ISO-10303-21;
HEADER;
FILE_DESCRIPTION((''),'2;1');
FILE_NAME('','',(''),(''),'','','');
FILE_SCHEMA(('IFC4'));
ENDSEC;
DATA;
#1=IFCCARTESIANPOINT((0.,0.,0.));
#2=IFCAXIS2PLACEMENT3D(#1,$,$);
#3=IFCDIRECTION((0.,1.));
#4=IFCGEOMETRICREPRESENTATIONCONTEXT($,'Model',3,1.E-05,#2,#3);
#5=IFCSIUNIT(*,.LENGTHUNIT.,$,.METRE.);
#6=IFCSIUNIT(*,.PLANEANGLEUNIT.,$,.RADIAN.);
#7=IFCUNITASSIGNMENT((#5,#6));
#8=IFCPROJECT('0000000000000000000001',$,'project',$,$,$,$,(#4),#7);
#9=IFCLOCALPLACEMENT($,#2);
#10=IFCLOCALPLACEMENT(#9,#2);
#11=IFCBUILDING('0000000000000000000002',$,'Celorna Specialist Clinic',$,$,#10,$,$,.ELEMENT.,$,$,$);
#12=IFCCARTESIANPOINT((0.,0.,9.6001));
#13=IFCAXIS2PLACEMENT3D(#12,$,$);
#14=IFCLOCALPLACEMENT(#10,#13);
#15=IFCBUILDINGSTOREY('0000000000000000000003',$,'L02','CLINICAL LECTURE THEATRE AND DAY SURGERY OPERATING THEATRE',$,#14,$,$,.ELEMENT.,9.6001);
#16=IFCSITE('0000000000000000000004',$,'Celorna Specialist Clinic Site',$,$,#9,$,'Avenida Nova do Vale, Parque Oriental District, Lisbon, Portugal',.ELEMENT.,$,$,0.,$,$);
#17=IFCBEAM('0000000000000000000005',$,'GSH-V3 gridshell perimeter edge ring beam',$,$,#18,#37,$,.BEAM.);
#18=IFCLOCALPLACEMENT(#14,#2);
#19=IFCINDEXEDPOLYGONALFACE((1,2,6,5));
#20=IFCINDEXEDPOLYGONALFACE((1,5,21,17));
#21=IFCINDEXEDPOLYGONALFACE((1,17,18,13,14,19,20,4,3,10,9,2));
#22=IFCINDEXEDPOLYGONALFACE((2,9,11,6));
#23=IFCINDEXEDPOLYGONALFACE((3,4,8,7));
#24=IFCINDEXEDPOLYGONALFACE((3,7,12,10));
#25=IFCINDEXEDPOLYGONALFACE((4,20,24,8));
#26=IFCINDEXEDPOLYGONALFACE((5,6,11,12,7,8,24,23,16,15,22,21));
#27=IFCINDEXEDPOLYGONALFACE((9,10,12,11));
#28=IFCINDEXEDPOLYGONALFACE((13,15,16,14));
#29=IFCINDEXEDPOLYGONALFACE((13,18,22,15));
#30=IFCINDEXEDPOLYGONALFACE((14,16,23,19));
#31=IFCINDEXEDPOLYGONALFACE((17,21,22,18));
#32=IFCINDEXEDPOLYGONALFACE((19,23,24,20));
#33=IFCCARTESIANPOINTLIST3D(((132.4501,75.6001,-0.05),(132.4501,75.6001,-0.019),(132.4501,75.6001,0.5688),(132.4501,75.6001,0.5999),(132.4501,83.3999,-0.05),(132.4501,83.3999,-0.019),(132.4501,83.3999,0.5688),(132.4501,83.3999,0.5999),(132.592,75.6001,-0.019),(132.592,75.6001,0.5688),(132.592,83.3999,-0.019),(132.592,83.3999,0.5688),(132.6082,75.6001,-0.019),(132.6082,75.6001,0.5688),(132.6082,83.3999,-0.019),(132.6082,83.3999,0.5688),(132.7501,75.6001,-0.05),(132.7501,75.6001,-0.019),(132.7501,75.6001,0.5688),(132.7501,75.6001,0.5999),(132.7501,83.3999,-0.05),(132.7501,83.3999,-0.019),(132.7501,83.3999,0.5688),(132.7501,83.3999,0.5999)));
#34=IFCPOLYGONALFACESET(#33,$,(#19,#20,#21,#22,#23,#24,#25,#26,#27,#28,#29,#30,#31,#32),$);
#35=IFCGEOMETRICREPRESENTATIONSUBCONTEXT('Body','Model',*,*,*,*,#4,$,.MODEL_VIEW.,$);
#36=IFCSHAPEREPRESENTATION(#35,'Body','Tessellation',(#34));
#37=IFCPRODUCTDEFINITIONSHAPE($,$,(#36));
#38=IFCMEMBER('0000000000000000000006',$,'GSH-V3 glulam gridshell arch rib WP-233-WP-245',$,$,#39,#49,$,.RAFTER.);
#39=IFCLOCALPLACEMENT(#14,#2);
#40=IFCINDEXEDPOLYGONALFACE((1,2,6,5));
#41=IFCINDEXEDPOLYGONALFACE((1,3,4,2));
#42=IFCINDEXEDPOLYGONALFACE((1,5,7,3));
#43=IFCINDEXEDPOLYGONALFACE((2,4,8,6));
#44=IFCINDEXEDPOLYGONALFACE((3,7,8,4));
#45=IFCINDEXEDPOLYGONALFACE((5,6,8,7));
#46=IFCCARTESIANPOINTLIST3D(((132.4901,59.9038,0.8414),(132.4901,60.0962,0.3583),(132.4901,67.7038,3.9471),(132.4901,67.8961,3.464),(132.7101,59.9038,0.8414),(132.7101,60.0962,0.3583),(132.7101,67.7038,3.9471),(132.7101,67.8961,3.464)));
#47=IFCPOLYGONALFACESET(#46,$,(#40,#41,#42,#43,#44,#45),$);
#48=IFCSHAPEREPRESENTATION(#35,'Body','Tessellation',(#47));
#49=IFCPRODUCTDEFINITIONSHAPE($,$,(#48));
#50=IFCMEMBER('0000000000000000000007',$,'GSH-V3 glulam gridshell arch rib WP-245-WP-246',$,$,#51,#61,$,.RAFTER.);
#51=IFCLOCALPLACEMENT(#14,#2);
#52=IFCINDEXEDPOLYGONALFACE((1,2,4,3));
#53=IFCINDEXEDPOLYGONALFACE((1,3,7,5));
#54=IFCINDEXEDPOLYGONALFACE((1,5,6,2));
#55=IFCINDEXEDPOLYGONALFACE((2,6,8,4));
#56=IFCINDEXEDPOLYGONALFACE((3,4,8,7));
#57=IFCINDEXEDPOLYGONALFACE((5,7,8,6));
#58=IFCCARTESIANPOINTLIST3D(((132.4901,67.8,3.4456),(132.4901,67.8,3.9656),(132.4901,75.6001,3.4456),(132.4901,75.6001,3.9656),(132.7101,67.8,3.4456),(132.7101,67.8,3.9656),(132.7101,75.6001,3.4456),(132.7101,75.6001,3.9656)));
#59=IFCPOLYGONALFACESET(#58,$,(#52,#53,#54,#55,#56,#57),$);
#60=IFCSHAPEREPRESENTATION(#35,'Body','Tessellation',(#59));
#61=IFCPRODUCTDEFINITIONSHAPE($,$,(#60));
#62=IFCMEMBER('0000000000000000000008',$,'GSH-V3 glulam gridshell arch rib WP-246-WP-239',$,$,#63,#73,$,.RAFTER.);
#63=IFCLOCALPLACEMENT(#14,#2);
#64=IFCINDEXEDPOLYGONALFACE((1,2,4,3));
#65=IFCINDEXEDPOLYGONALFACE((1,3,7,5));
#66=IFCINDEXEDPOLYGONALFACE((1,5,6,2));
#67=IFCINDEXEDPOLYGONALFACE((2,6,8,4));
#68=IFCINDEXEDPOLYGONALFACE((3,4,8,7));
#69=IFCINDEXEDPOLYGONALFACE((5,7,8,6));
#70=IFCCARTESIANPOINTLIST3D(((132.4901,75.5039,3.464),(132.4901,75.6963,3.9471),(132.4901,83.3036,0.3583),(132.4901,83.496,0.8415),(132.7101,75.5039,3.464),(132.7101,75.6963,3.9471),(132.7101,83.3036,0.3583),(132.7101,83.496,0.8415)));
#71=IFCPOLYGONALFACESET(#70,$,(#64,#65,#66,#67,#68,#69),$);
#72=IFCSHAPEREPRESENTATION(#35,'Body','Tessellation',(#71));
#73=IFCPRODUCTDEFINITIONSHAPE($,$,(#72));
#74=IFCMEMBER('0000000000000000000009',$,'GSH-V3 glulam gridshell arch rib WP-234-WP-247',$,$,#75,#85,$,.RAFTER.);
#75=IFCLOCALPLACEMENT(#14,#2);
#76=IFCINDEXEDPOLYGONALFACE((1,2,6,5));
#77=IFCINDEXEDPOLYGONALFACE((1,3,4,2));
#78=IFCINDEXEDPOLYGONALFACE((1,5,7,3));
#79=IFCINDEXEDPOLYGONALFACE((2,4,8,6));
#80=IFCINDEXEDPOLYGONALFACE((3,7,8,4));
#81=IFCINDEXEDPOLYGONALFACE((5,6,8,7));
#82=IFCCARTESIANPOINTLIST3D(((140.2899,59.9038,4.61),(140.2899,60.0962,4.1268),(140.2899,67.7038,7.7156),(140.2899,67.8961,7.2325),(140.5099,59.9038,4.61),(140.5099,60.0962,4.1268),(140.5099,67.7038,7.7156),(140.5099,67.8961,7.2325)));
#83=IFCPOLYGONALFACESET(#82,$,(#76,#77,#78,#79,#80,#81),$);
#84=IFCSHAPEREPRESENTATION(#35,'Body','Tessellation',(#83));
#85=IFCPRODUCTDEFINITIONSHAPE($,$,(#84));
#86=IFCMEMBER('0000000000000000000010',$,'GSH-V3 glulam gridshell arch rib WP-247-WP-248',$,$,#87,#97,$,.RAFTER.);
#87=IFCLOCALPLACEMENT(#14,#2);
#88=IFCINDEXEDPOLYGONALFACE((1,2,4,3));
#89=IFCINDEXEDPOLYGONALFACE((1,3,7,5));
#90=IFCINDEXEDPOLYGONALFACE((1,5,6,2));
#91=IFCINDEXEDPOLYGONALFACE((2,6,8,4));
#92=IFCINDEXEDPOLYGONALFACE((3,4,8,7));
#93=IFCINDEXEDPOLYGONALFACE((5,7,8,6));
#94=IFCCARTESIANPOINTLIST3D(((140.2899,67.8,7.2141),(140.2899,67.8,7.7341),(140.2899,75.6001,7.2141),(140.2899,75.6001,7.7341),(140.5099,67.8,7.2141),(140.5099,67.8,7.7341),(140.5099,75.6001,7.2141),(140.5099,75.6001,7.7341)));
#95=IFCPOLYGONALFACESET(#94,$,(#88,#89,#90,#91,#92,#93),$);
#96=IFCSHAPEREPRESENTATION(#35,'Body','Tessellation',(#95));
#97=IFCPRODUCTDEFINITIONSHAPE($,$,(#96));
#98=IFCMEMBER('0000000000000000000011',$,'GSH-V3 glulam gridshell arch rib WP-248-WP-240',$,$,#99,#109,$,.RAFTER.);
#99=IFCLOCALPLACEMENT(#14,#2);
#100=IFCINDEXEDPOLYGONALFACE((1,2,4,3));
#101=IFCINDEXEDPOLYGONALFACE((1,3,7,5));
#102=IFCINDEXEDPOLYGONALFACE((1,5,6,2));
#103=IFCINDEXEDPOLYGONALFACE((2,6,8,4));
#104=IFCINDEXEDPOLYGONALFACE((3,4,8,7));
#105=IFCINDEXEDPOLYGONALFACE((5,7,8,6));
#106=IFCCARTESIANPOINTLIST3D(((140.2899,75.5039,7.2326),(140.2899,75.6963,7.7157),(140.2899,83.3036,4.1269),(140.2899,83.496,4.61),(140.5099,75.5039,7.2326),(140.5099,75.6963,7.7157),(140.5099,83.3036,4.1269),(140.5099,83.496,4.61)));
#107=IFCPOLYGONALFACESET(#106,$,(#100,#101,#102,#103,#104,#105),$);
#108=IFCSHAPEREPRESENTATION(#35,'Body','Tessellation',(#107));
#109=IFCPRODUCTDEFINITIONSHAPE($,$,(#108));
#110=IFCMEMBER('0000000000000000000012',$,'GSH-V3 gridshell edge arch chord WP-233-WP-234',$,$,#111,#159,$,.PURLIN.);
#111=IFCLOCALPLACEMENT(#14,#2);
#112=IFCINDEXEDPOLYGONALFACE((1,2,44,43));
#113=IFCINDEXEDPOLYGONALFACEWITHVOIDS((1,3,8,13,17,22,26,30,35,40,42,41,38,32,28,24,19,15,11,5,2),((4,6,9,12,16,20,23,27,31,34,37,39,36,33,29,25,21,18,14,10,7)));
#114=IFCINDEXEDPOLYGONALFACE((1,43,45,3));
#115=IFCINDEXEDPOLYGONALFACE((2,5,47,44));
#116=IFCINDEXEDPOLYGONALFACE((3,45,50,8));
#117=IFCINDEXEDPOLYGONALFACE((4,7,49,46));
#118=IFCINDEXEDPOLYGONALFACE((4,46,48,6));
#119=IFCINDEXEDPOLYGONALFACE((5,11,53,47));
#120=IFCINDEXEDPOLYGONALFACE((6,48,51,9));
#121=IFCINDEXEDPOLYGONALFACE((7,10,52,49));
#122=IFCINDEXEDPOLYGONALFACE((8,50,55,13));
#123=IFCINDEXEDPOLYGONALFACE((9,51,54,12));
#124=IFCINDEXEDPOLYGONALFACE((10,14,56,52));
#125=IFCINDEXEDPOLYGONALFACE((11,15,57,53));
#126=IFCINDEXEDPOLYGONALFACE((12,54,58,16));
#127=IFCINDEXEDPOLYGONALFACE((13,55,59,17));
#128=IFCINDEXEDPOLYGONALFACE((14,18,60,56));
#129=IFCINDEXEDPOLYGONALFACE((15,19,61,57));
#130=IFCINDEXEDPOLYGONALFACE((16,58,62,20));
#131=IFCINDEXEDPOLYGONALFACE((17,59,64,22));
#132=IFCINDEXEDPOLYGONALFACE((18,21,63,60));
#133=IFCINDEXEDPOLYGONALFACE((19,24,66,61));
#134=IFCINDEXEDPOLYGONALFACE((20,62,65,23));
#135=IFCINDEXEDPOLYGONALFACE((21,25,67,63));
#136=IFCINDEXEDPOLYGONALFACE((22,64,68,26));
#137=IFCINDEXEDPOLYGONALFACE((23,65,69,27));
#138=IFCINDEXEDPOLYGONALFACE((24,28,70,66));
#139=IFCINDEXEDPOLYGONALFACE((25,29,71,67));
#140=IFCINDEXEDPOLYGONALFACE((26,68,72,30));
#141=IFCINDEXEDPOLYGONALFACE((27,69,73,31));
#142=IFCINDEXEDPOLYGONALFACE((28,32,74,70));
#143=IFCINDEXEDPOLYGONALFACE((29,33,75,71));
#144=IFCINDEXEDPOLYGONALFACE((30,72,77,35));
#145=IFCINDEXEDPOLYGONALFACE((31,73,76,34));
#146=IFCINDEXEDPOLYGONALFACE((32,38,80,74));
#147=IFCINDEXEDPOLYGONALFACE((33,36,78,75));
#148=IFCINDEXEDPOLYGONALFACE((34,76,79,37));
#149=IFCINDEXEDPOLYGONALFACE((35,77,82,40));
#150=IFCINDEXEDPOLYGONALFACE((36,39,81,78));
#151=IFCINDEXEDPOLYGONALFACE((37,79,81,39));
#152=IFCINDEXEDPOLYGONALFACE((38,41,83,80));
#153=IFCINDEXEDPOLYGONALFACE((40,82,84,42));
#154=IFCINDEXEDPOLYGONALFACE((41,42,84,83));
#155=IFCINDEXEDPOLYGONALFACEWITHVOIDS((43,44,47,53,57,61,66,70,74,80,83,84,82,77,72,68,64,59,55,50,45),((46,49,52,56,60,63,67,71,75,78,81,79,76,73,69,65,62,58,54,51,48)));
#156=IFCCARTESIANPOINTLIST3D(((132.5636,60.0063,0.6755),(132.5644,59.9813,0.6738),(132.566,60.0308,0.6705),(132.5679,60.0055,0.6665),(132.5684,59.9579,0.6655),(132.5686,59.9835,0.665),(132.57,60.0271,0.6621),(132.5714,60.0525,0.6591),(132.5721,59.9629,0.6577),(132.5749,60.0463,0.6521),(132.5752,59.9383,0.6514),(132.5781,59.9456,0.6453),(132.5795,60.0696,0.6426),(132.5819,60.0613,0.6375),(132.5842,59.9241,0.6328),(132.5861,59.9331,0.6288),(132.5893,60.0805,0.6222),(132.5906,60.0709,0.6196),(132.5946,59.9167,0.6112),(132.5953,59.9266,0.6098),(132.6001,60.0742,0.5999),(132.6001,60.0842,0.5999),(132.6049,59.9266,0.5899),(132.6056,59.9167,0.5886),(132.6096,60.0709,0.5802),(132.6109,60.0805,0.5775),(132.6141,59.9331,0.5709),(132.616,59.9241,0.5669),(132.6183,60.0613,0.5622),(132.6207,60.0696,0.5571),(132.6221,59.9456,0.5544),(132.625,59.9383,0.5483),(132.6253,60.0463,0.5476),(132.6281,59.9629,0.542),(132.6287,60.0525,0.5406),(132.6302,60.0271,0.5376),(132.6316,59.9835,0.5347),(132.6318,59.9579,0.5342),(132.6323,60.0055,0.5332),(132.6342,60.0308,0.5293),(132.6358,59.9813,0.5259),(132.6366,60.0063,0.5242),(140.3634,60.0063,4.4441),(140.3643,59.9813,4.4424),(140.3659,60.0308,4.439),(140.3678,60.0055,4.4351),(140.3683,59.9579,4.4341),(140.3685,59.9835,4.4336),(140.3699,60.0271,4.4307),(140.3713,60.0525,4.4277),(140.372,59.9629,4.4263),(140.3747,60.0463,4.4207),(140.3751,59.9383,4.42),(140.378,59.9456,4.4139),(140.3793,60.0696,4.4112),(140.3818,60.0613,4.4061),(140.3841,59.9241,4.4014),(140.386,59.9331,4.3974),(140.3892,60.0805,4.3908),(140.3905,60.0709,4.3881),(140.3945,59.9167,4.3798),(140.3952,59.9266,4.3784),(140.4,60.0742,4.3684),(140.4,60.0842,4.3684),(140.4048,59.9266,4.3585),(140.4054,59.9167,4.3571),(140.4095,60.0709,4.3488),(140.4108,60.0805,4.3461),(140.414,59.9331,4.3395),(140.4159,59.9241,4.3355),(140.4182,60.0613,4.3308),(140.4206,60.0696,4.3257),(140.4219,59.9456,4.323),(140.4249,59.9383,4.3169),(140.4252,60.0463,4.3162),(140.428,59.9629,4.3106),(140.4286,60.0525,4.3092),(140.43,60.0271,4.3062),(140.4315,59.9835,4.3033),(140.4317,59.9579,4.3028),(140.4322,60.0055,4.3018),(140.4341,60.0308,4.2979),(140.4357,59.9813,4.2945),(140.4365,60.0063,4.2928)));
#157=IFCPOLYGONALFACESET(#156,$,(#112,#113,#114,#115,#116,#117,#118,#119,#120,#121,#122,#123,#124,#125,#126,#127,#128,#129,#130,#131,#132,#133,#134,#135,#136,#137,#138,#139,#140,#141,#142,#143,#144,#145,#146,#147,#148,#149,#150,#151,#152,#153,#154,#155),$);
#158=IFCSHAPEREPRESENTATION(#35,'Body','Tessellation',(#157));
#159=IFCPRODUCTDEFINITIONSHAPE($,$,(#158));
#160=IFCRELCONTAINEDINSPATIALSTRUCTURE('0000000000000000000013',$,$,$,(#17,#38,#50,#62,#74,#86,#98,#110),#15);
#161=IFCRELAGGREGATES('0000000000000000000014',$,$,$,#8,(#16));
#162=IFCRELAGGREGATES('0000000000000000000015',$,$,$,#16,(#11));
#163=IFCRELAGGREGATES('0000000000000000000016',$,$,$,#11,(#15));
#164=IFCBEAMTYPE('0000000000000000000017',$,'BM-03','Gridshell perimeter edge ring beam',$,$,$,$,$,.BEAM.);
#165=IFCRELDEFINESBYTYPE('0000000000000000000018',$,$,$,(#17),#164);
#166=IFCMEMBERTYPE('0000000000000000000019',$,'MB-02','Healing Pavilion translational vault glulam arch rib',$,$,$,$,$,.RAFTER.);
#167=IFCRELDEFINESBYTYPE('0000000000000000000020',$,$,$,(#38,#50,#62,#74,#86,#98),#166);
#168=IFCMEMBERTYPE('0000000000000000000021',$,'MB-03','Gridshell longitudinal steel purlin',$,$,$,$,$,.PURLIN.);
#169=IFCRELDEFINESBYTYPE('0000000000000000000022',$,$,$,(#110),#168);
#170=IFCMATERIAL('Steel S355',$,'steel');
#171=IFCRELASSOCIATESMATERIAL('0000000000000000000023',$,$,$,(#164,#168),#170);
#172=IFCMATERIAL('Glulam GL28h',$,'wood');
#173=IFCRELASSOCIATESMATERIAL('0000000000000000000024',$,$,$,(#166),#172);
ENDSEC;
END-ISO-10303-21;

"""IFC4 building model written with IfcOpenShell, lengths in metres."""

from ifc_helpers import new_model, si_unit, direction, frame, origin, origin_2d, place, context, subcontext, project, spatial, rectangle, hollow_circle, i_section, extrude, material, material_profile, profile_set, type_object, element, save


model = new_model("IFC4")

# Units and contexts
model_context = context("Model", 3, precision=1e-05, world=origin(), true_north=direction((0.0, 1.0)))
body_context = subcontext(model_context, "Body", "Model", "MODEL_VIEW")
ifc_project = project(units=[si_unit("LENGTHUNIT", "METRE"), si_unit("PLANEANGLEUNIT", "RADIAN")], contexts=[model_context])

# Site, building, storey
site_placement = place(None, origin())
site = spatial("IfcSite", under=ifc_project, at=site_placement, Name="Celorna Specialist Clinic Site", LongName="Avenida Nova do Vale, Parque Oriental District, Lisbon, Portugal", CompositionType="ELEMENT", RefElevation=0.0)
building_placement = place(site_placement, origin())
building = spatial("IfcBuilding", under=site, at=building_placement, Name="Celorna Specialist Clinic", CompositionType="ELEMENT")
storey_placement = place(building_placement, frame((0.0, 0.0, 9.6001)))
storey = spatial("IfcBuildingStorey", under=building, at=storey_placement, Name="L02", Description="CLINICAL LECTURE THEATRE AND DAY SURGERY OPERATING THEATRE", CompositionType="ELEMENT", Elevation=9.6001)

# Shared definitions
ifc_material_1 = material(Name="Steel S355", Category="steel")

# Beam
ifc_material_profile_1 = material_profile(ifc_material_1, i_section(OverallWidth=0.3, OverallDepth=0.6499, WebThickness=0.0161, FlangeThickness=0.031, at=origin_2d()), Name="HE 650 B")
ifc_profile_set_1 = profile_set([ifc_material_profile_1], Name="Steel S355")
beam_type = type_object("IfcBeamType", Name="BM-03", Description="Gridshell perimeter edge ring beam", PredefinedType="BEAM", material=ifc_profile_set_1)
beam_1_placement = place(storey_placement, frame((132.6001, 75.6001, 0.2749), z_axis=(0.0, 1.0, 0.0), x_axis=(-1.0, 0.0, 0.0)))
element("IfcBeam", 1, at=beam_1_placement, inside=storey, type_object=beam_type, Name="GSH-V3 gridshell perimeter edge ring beam", PredefinedType="BEAM", context=body_context, shape_type="SweptSolid", body=[
    extrude(i_section(OverallWidth=0.3, OverallDepth=0.6499, WebThickness=0.0161, FlangeThickness=0.031, at=origin_2d()), origin(), (0.0, 0.0, 1.0), 7.7998),
])

# Members
ifc_material_2 = material(Name="Glulam GL28h", Category="wood")
ifc_material_profile_2 = material_profile(ifc_material_2, rectangle(XDim=0.22, YDim=0.52, at=origin_2d()), Name="GL28h 220x520")
ifc_profile_set_2 = profile_set([ifc_material_profile_2], Name="Glulam GL28h")
member_type_1 = type_object("IfcMemberType", Name="MB-02", Description="Healing Pavilion translational vault glulam arch rib", PredefinedType="RAFTER", material=ifc_profile_set_2)
member_1_placement = place(storey_placement, frame((132.6001, 60.0, 0.5999), z_axis=(0.0, 0.929063, 0.369921), x_axis=(-1.0, 0.0, 0.0)))
element("IfcMember", 2, at=member_1_placement, inside=storey, type_object=member_type_1, Name="GSH-V3 glulam gridshell arch rib WP-233-WP-245", PredefinedType="RAFTER", context=body_context, shape_type="SweptSolid", body=[
    extrude(rectangle(XDim=0.22, YDim=0.52, at=origin_2d()), origin(), (0.0, 0.0, 1.0), 8.3955),
])
member_2_placement = place(storey_placement, frame((132.6001, 67.8, 3.7056), z_axis=(0.0, 1.0, 0.0), x_axis=(-1.0, 0.0, 0.0)))
element("IfcMember", 3, at=member_2_placement, inside=storey, type_object=member_type_1, Name="GSH-V3 glulam gridshell arch rib WP-245-WP-246", PredefinedType="RAFTER", context=body_context, shape_type="SweptSolid", body=[
    extrude(rectangle(XDim=0.22, YDim=0.52, at=origin_2d()), origin(), (0.0, 0.0, 1.0), 7.8),
])
member_3_placement = place(storey_placement, frame((132.6001, 75.6001, 3.7056), z_axis=(0.0, 0.929059, -0.369931), x_axis=(-1.0, 0.0, 0.0)))
element("IfcMember", 4, at=member_3_placement, inside=storey, type_object=member_type_1, Name="GSH-V3 glulam gridshell arch rib WP-246-WP-239", PredefinedType="RAFTER", context=body_context, shape_type="SweptSolid", body=[
    extrude(rectangle(XDim=0.22, YDim=0.52, at=origin_2d()), origin(), (0.0, 0.0, 1.0), 8.3953),
])
member_4_placement = place(storey_placement, frame((140.3999, 60.0, 4.3684), z_axis=(0.0, 0.929063, 0.369921), x_axis=(-1.0, 0.0, 0.0)))
element("IfcMember", 5, at=member_4_placement, inside=storey, type_object=member_type_1, Name="GSH-V3 glulam gridshell arch rib WP-234-WP-247", PredefinedType="RAFTER", context=body_context, shape_type="SweptSolid", body=[
    extrude(rectangle(XDim=0.22, YDim=0.52, at=origin_2d()), origin(), (0.0, 0.0, 1.0), 8.3955),
])
member_5_placement = place(storey_placement, frame((140.3999, 67.8, 7.4741), z_axis=(0.0, 1.0, 0.0), x_axis=(-1.0, 0.0, 0.0)))
element("IfcMember", 6, at=member_5_placement, inside=storey, type_object=member_type_1, Name="GSH-V3 glulam gridshell arch rib WP-247-WP-248", PredefinedType="RAFTER", context=body_context, shape_type="SweptSolid", body=[
    extrude(rectangle(XDim=0.22, YDim=0.52, at=origin_2d()), origin(), (0.0, 0.0, 1.0), 7.8),
])
member_6_placement = place(storey_placement, frame((140.3999, 75.6001, 7.4741), z_axis=(0.0, 0.929059, -0.369931), x_axis=(-1.0, 0.0, 0.0)))
element("IfcMember", 7, at=member_6_placement, inside=storey, type_object=member_type_1, Name="GSH-V3 glulam gridshell arch rib WP-248-WP-240", PredefinedType="RAFTER", context=body_context, shape_type="SweptSolid", body=[
    extrude(rectangle(XDim=0.22, YDim=0.52, at=origin_2d()), origin(), (0.0, 0.0, 1.0), 8.3953),
])
ifc_material_profile_3 = material_profile(ifc_material_1, hollow_circle(Radius=0.0842, WallThickness=0.01, at=origin_2d()), Name="CHS 168.3x10")
ifc_profile_set_3 = profile_set([ifc_material_profile_3], Name="Steel S355")
member_type_2 = type_object("IfcMemberType", Name="MB-03", Description="Gridshell longitudinal steel purlin", PredefinedType="PURLIN", material=ifc_profile_set_3)
member_7_placement = place(storey_placement, frame((132.6001, 60.0, 0.5999), z_axis=(0.90041, 0.0, 0.435042), x_axis=(0.0, 1.0, 0.0)))
element("IfcMember", 8, at=member_7_placement, inside=storey, type_object=member_type_2, Name="GSH-V3 gridshell edge arch chord WP-233-WP-234", PredefinedType="PURLIN", context=body_context, shape_type="SweptSolid", body=[
    extrude(hollow_circle(Radius=0.0842, WallThickness=0.01, at=origin_2d()), origin(), (0.0, 0.0, 1.0), 8.6626),
])

save(model, "model.ifc")
